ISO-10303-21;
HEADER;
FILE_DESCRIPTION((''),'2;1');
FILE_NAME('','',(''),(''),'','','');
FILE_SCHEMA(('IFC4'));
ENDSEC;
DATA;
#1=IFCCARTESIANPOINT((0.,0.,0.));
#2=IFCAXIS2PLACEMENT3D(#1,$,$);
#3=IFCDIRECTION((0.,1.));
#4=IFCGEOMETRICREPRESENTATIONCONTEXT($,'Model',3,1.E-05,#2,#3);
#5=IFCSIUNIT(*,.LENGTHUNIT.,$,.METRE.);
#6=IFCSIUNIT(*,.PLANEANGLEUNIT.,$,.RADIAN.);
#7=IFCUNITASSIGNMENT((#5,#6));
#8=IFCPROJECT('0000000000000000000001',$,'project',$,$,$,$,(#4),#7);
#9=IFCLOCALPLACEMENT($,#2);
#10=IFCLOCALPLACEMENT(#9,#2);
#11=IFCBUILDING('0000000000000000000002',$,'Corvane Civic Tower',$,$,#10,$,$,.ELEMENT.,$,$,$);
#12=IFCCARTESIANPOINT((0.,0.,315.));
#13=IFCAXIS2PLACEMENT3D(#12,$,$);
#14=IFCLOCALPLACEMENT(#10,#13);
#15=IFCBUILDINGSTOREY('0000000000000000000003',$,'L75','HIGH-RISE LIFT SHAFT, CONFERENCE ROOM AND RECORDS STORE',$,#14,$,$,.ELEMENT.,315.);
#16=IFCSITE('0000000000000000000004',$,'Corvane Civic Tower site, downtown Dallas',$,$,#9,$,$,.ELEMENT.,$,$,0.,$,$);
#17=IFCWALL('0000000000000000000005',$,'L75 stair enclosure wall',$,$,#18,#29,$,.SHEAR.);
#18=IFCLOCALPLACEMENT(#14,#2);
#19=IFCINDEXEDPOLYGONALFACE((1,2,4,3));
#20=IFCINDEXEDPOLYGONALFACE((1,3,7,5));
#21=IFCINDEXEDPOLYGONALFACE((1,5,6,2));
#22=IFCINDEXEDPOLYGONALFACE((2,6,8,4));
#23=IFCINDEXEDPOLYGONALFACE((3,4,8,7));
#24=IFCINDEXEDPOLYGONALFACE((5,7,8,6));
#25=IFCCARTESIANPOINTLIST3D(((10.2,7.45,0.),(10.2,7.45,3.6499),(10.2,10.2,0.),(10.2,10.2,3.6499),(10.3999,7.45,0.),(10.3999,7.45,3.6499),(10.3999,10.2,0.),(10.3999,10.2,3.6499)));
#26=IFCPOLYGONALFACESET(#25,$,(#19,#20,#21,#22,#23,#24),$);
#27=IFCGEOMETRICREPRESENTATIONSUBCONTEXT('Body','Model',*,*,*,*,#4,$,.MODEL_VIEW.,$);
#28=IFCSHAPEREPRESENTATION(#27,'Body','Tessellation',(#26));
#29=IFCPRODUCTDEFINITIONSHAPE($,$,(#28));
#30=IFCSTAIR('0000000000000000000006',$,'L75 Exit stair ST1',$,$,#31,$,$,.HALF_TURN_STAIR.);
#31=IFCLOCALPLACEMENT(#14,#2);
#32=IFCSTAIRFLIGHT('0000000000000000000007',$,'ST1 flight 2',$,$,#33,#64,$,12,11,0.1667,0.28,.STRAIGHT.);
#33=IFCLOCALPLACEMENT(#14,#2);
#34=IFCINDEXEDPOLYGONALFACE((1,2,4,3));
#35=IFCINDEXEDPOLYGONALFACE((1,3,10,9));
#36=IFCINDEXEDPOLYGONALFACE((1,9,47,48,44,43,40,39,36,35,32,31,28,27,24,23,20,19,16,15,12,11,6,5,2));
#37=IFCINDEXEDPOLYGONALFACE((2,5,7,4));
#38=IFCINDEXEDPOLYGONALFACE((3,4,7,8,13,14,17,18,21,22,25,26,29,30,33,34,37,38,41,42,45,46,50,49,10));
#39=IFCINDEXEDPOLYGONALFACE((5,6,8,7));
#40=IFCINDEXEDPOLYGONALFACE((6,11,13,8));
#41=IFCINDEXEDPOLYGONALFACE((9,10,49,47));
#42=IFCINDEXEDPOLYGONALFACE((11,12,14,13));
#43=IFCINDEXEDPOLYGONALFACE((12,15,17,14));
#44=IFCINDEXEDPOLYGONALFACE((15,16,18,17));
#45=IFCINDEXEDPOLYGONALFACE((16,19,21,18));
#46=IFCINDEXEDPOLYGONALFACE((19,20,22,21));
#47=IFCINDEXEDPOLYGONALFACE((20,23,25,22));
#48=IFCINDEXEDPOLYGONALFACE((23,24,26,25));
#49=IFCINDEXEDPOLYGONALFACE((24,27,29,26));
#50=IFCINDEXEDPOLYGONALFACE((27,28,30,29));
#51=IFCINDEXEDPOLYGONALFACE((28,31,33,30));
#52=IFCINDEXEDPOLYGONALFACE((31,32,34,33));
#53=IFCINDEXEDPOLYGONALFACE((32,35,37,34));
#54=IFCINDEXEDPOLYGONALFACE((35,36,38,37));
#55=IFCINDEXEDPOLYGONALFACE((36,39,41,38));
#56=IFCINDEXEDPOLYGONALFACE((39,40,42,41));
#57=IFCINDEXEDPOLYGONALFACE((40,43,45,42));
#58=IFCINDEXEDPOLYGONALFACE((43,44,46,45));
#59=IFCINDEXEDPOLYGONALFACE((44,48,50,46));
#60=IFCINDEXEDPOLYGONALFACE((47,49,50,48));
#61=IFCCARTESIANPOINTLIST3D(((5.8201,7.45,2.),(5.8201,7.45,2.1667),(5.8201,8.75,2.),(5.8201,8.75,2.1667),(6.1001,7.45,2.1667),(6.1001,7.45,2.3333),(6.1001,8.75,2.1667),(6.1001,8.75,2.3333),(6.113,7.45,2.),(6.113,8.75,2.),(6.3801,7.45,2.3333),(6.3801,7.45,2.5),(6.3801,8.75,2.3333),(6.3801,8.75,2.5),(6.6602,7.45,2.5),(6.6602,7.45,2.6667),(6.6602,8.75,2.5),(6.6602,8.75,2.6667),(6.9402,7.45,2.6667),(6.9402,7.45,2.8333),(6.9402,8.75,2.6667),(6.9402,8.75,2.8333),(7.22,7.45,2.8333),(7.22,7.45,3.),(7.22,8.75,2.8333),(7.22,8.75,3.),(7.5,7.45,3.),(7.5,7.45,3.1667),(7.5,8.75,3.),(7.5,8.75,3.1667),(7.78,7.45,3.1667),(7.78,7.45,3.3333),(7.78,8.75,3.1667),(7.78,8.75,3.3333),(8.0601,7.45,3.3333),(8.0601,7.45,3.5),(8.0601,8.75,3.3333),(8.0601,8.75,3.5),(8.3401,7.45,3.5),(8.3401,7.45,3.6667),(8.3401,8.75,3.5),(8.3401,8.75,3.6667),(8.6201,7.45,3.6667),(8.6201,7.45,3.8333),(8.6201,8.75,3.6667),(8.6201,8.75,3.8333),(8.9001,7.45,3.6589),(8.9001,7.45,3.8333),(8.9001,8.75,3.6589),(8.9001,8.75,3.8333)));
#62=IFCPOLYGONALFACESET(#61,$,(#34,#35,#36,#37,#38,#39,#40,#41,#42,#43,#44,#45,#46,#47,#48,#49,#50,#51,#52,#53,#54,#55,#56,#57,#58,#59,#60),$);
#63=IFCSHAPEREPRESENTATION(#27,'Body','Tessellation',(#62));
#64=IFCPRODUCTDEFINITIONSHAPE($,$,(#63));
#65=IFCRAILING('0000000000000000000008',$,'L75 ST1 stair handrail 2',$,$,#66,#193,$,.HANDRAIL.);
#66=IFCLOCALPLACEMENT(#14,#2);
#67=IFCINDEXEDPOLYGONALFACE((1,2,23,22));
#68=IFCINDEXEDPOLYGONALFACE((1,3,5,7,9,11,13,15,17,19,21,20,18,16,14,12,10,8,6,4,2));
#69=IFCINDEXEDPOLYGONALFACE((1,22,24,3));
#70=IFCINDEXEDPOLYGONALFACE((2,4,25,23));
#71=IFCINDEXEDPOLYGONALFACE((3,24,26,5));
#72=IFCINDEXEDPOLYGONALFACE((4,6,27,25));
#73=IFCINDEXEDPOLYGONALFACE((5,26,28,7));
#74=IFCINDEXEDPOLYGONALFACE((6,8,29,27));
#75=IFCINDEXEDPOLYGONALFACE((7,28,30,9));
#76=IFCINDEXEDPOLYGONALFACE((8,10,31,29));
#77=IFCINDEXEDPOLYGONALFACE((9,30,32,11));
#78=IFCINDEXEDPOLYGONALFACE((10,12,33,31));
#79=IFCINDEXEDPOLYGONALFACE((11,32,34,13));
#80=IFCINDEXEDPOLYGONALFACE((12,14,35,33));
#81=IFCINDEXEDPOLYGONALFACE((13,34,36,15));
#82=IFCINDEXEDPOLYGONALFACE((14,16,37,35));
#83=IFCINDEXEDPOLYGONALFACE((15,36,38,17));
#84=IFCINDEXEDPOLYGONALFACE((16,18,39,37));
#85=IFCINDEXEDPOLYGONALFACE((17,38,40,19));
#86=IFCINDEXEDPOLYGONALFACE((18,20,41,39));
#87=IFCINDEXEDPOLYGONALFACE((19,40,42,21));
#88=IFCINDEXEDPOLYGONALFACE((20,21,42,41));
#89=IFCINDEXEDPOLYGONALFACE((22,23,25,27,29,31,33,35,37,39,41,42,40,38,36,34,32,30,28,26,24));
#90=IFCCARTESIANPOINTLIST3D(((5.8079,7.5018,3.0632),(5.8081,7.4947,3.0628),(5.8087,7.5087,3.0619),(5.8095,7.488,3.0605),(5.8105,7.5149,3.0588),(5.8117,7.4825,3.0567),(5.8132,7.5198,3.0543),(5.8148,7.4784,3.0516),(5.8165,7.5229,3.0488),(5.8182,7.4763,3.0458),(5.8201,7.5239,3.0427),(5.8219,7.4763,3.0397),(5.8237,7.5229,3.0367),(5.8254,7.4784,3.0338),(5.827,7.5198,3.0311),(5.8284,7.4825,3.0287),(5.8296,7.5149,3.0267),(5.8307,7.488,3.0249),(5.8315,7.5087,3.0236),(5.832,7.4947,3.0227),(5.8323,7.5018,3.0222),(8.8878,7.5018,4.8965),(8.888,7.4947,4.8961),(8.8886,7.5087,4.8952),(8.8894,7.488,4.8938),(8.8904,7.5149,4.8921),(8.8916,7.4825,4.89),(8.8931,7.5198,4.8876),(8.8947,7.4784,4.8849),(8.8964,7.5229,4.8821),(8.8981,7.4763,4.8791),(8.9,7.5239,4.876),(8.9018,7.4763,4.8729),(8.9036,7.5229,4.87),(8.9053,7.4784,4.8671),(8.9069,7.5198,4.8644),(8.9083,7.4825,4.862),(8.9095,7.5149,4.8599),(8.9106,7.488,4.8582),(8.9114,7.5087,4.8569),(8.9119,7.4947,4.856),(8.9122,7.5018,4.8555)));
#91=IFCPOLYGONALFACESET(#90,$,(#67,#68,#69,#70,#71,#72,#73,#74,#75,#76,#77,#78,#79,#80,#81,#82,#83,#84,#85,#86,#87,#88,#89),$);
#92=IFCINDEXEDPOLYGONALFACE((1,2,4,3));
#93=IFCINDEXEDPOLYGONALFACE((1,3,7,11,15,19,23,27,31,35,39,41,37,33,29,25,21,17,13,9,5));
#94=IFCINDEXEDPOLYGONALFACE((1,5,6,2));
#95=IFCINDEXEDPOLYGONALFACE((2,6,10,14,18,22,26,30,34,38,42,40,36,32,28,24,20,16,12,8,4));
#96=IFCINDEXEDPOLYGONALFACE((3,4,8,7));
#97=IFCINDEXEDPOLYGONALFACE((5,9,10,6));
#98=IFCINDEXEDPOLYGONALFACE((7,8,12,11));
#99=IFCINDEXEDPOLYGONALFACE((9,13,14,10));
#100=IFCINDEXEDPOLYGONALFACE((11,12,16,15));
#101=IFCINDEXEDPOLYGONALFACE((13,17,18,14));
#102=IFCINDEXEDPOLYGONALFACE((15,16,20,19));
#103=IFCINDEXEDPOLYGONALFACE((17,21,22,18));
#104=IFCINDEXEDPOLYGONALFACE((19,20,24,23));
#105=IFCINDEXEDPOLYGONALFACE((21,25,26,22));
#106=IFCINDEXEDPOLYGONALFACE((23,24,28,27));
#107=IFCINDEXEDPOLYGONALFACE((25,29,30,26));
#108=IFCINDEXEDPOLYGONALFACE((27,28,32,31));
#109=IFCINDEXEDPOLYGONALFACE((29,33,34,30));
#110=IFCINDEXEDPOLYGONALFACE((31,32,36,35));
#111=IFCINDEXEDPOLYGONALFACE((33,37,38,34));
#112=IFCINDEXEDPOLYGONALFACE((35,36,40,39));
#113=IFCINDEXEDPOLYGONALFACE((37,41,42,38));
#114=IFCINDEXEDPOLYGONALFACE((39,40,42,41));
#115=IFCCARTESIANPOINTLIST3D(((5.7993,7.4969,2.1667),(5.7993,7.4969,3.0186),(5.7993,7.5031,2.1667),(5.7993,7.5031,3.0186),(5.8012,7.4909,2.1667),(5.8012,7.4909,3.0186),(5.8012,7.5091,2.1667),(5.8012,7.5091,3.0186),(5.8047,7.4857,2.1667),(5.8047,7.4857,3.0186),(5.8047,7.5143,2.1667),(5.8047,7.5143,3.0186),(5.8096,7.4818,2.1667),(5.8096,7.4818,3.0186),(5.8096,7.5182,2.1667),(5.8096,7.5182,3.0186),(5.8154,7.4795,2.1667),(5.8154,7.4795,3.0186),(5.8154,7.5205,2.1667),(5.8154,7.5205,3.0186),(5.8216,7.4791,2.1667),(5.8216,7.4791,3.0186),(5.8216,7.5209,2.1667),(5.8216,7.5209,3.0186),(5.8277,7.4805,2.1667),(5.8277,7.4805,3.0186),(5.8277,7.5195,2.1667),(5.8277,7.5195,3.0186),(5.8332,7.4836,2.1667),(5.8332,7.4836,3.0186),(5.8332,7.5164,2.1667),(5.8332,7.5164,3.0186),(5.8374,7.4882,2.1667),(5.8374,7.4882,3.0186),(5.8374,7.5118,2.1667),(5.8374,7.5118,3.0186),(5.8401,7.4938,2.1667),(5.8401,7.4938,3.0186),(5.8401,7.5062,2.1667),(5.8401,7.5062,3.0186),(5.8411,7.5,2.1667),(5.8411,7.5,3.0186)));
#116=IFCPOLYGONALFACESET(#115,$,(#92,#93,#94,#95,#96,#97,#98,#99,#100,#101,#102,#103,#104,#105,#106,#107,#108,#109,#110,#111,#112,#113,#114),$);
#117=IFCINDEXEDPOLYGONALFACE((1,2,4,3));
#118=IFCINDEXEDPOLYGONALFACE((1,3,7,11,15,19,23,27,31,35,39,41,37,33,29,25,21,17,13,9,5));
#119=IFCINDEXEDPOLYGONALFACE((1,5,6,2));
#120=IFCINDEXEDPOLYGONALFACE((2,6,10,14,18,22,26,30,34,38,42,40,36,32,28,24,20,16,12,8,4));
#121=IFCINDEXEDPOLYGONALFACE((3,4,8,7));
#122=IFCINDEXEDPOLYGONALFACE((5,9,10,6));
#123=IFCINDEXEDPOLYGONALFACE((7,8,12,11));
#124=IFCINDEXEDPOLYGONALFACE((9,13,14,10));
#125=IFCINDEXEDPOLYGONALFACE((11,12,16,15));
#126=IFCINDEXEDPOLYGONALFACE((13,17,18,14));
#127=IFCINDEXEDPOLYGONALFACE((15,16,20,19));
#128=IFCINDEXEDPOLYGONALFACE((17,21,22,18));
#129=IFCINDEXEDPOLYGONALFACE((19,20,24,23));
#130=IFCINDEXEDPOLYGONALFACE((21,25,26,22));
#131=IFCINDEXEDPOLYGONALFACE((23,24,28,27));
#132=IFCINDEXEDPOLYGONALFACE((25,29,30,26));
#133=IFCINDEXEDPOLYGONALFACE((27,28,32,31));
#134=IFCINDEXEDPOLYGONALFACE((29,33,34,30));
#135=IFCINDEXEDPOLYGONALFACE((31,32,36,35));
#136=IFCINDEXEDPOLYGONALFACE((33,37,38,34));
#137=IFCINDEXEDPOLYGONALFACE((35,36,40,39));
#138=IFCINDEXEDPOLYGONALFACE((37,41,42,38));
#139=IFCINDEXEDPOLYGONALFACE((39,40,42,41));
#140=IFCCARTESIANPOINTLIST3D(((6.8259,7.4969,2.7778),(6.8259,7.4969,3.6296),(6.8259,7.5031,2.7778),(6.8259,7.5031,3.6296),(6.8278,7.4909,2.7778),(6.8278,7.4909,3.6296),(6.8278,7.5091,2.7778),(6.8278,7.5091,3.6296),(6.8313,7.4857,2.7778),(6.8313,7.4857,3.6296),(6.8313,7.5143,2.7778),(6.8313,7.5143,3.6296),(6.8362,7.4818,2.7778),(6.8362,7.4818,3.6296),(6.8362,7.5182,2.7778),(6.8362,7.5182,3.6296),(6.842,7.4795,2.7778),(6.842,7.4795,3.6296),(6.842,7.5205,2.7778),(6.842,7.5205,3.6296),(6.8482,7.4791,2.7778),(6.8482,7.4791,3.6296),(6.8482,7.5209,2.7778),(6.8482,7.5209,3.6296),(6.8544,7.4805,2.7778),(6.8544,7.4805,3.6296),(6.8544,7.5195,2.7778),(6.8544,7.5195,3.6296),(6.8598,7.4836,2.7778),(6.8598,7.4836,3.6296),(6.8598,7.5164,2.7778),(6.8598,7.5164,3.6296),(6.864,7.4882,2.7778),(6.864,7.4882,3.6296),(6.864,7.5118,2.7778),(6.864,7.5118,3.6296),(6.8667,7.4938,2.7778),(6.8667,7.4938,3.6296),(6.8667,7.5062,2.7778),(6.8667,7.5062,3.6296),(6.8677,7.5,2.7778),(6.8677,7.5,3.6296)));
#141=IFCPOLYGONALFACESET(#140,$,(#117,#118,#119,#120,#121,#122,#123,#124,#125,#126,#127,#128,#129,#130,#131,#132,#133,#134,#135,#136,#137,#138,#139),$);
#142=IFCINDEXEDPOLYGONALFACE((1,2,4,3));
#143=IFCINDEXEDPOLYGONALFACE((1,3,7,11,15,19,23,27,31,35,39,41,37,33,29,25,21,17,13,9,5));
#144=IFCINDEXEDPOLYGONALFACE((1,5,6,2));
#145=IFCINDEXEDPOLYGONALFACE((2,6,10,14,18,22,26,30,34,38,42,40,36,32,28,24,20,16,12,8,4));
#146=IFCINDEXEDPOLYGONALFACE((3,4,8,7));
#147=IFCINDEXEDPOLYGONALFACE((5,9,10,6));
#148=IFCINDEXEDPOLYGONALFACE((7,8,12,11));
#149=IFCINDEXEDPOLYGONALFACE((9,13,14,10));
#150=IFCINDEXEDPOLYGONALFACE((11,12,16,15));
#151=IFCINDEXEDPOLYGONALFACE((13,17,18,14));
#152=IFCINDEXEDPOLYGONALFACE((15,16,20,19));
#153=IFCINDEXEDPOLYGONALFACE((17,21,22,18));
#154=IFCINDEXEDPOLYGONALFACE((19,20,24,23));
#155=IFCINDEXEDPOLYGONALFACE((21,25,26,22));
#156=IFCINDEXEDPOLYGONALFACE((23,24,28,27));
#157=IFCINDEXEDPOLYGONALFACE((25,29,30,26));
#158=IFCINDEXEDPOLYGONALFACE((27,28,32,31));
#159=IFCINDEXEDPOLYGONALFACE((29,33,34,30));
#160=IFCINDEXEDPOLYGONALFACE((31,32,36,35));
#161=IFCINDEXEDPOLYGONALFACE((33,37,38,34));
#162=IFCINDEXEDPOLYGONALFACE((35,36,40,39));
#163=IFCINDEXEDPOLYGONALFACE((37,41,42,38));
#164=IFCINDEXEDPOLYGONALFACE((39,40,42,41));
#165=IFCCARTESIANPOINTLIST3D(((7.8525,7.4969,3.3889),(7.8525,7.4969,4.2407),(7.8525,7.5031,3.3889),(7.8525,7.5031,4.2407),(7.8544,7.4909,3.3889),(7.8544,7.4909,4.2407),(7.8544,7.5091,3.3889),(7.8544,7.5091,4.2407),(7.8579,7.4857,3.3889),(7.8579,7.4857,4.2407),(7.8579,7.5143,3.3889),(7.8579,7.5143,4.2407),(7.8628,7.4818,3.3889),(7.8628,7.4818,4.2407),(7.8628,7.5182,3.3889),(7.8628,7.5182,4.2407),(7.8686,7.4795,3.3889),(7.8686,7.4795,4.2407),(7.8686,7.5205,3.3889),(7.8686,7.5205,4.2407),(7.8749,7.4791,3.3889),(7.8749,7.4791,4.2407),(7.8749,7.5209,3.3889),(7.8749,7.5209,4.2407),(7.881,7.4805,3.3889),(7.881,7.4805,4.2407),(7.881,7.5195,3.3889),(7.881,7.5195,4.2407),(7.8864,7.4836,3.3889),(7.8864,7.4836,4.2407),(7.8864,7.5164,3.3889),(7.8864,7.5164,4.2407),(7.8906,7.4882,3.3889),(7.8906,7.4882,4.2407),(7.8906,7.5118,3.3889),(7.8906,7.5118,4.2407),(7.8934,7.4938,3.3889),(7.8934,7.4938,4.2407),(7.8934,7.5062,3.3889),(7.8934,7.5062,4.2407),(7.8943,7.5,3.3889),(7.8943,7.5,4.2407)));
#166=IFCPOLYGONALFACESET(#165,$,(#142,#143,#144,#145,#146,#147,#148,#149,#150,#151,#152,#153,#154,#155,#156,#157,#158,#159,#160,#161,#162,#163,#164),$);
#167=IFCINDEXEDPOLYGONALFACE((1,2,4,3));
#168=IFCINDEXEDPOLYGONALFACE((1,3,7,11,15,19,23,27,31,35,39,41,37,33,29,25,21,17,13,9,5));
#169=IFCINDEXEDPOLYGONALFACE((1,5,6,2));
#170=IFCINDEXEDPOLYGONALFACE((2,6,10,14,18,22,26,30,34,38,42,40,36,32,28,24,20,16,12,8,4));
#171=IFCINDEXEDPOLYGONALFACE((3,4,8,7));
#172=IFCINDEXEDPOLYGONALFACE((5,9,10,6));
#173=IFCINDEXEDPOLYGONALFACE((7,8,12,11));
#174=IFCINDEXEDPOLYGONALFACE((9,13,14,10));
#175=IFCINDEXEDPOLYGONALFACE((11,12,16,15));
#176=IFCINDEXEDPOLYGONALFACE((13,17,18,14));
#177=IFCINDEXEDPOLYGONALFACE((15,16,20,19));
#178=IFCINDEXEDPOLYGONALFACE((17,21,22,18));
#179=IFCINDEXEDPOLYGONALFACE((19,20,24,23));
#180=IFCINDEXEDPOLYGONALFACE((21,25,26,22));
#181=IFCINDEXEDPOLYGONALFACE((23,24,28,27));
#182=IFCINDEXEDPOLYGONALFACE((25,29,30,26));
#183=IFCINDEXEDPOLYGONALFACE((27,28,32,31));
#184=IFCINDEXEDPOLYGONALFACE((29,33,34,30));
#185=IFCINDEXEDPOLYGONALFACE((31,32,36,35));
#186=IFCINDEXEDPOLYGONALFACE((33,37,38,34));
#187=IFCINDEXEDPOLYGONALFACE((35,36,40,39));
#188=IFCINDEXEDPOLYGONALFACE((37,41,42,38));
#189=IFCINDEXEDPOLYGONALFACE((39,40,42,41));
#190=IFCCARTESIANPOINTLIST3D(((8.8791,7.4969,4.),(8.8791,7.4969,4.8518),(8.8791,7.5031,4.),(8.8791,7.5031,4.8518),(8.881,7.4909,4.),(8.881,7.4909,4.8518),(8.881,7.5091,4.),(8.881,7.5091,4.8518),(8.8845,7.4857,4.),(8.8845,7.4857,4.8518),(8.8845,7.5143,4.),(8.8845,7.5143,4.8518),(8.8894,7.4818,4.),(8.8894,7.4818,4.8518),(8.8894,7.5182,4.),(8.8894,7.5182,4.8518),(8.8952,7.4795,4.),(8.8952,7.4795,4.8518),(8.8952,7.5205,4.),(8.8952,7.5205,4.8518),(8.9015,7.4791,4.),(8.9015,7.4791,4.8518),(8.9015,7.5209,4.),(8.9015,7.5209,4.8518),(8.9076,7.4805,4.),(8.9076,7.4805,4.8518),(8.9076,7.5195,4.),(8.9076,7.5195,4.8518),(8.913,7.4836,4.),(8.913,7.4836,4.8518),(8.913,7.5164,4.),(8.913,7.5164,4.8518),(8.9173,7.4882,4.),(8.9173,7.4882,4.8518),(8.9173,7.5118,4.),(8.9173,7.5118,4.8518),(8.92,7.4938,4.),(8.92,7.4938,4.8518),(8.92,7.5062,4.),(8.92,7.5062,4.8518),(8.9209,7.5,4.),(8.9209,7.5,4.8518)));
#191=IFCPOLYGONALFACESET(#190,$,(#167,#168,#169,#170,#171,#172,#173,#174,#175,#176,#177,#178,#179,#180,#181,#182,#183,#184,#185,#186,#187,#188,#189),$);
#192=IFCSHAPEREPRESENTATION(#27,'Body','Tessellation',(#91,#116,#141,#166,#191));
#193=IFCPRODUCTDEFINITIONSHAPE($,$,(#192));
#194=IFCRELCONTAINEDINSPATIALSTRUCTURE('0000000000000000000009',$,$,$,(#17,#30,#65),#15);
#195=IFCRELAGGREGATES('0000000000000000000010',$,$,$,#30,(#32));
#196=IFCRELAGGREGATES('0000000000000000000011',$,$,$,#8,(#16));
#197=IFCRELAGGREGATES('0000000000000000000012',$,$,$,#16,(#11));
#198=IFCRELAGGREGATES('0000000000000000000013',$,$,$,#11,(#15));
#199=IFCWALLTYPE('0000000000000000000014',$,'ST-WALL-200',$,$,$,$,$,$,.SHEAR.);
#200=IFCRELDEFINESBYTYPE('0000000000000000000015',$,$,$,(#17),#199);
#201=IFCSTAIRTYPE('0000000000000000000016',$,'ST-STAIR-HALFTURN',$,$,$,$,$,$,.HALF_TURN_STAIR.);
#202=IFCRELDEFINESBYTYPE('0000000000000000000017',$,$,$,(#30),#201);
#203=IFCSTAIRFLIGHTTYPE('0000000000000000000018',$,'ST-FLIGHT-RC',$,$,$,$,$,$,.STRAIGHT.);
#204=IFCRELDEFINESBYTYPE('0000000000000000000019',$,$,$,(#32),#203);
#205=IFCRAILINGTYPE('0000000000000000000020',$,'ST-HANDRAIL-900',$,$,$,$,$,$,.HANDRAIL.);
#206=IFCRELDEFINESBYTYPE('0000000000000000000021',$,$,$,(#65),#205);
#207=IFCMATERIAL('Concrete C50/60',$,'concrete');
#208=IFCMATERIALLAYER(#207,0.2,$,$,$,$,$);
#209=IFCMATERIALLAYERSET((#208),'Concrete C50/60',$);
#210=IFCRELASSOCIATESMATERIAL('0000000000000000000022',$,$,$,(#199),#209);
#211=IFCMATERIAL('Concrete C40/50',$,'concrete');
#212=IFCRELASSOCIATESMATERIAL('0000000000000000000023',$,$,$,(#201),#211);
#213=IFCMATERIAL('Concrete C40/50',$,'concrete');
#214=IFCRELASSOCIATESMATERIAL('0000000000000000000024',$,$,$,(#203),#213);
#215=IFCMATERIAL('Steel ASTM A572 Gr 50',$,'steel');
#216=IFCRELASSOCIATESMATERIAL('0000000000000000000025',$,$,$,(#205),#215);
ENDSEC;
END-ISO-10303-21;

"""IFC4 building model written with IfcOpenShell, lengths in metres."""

from ifc_helpers import new_model, si_unit, direction, frame, origin, origin_2d, place, context, subcontext, project, spatial, polyline, circle, outline, extrude, material, layer, layer_set, type_object, element, aggregate, save


model = new_model("IFC4")

# Units and contexts
model_context = context("Model", 3, precision=1e-05, world=origin(), true_north=direction((0.0, 1.0)))
body_context = subcontext(model_context, "Body", "Model", "MODEL_VIEW")
ifc_project = project(units=[si_unit("LENGTHUNIT", "METRE"), si_unit("PLANEANGLEUNIT", "RADIAN")], contexts=[model_context])

# Site, building, storey
site_placement = place(None, origin())
site = spatial("IfcSite", under=ifc_project, at=site_placement, Name="Corvane Civic Tower site, downtown Dallas", CompositionType="ELEMENT", RefElevation=0.0)
building_placement = place(site_placement, origin())
building = spatial("IfcBuilding", under=site, at=building_placement, Name="Corvane Civic Tower", CompositionType="ELEMENT")
storey_placement = place(building_placement, frame((0.0, 0.0, 315.0)))
storey = spatial("IfcBuildingStorey", under=building, at=storey_placement, Name="L75", Description="HIGH-RISE LIFT SHAFT, CONFERENCE ROOM AND RECORDS STORE", CompositionType="ELEMENT", Elevation=315.0)

# Shared definitions
ifc_material_1 = material(Name="Concrete C50/60", Category="concrete")
ifc_layer_1 = layer(ifc_material_1, 0.2)
ifc_layer_set_1 = layer_set([ifc_layer_1], Name="Concrete C50/60")
wall_type_1 = type_object("IfcWallType", Name="ST-WALL-200", PredefinedType="SHEAR", material=ifc_layer_set_1)

# Wall
wall_1_placement = place(storey_placement, origin())
element("IfcWall", 1, at=wall_1_placement, inside=storey, type_object=wall_type_1, Name="L75 stair enclosure wall", PredefinedType="SHEAR", context=body_context, shape_type="SweptSolid", body=[
    extrude(outline(polyline([(10.3999, 7.45), (10.2, 7.45), (10.2, 10.2), (10.3999, 10.2), (10.3999, 7.45)])), origin(), (0.0, 0.0, 1.0), 3.6499),
])

# Stair, stair flight
ifc_material_2 = material(Name="Concrete C40/50", Category="concrete")
stair_type = type_object("IfcStairType", Name="ST-STAIR-HALFTURN", PredefinedType="HALF_TURN_STAIR", material=ifc_material_2)
stair_placement = place(storey_placement, origin())
stair = element("IfcStair", 2, at=stair_placement, inside=storey, type_object=stair_type, Name="L75 Exit stair ST1", PredefinedType="HALF_TURN_STAIR")
ifc_material_3 = material(Name="Concrete C40/50", Category="concrete")
stair_flight_type = type_object("IfcStairFlightType", Name="ST-FLIGHT-RC", PredefinedType="STRAIGHT", material=ifc_material_3)
stair_flight_placement = place(storey_placement, frame((5.8201, 8.1001, 2.0), z_axis=(0.0, 0.0, 1.0), x_axis=(1.0, 0.0, 0.0)))
stair_flight = element("IfcStairFlight", 3, at=stair_flight_placement, type_object=stair_flight_type, Name="ST1 flight 2", NumberOfRisers=12, NumberOfTreads=11, PredefinedType="STRAIGHT", RiserHeight=0.1667, TreadLength=0.28, context=body_context, shape_type="SweptSolid", body=[
    extrude(outline(polyline([(0.0, 0.0), (0.0, 0.1667), (0.28, 0.1667), (0.28, 0.3333), (0.5601, 0.3333), (0.5601, 0.5), (0.8401, 0.5), (0.8401, 0.6667), (1.1201, 0.6667), (1.1201, 0.8333), (1.3999, 0.8333), (1.3999, 1.0), (1.6799, 1.0), (1.6799, 1.1667), (1.96, 1.1667), (1.96, 1.3333), (2.24, 1.3333), (2.24, 1.5), (2.52, 1.5), (2.52, 1.6667), (2.8, 1.6667), (2.8, 1.8333), (3.0801, 1.8333), (3.0801, 2.0), (3.0801, 1.6589), (0.293, 0.0), (0.0, 0.0)])), frame((0.0, 0.6499, 0.0), z_axis=(0.0, -1.0, 0.0), x_axis=(1.0, 0.0, 0.0)), (0.0, 0.0, 1.0), 1.3),
])
aggregate(stair, [stair_flight])

# Railing
ifc_material_4 = material(Name="Steel ASTM A572 Gr 50", Category="steel")
railing_type_1 = type_object("IfcRailingType", Name="ST-HANDRAIL-900", PredefinedType="HANDRAIL", material=ifc_material_4)
railing_1_placement = place(storey_placement, frame((5.8201, 7.5, 2.1667)))
element("IfcRailing", 4, at=railing_1_placement, inside=storey, type_object=railing_type_1, Name="L75 ST1 stair handrail 2", PredefinedType="HANDRAIL", context=body_context, shape_type="SweptSolid", body=[
    extrude(circle(Radius=0.0239, at=origin_2d()), frame((0.0, 0.0, 0.876), z_axis=(0.859291, 0.0, 0.511487), x_axis=(0.0, 1.0, 0.0)), (0.0, 0.0, 1.0), 3.5842),
    extrude(circle(Radius=0.021, at=origin_2d()), origin(), (0.0, 0.0, 1.0), 0.8518),
    extrude(circle(Radius=0.021, at=origin_2d()), frame((1.0266, 0.0, 0.6111)), (0.0, 0.0, 1.0), 0.8518),
    extrude(circle(Radius=0.021, at=origin_2d()), frame((2.0532, 0.0, 1.2222)), (0.0, 0.0, 1.0), 0.8518),
    extrude(circle(Radius=0.021, at=origin_2d()), frame((3.0798, 0.0, 1.8333)), (0.0, 0.0, 1.0), 0.8518),
])

save(model, "model.ifc")
